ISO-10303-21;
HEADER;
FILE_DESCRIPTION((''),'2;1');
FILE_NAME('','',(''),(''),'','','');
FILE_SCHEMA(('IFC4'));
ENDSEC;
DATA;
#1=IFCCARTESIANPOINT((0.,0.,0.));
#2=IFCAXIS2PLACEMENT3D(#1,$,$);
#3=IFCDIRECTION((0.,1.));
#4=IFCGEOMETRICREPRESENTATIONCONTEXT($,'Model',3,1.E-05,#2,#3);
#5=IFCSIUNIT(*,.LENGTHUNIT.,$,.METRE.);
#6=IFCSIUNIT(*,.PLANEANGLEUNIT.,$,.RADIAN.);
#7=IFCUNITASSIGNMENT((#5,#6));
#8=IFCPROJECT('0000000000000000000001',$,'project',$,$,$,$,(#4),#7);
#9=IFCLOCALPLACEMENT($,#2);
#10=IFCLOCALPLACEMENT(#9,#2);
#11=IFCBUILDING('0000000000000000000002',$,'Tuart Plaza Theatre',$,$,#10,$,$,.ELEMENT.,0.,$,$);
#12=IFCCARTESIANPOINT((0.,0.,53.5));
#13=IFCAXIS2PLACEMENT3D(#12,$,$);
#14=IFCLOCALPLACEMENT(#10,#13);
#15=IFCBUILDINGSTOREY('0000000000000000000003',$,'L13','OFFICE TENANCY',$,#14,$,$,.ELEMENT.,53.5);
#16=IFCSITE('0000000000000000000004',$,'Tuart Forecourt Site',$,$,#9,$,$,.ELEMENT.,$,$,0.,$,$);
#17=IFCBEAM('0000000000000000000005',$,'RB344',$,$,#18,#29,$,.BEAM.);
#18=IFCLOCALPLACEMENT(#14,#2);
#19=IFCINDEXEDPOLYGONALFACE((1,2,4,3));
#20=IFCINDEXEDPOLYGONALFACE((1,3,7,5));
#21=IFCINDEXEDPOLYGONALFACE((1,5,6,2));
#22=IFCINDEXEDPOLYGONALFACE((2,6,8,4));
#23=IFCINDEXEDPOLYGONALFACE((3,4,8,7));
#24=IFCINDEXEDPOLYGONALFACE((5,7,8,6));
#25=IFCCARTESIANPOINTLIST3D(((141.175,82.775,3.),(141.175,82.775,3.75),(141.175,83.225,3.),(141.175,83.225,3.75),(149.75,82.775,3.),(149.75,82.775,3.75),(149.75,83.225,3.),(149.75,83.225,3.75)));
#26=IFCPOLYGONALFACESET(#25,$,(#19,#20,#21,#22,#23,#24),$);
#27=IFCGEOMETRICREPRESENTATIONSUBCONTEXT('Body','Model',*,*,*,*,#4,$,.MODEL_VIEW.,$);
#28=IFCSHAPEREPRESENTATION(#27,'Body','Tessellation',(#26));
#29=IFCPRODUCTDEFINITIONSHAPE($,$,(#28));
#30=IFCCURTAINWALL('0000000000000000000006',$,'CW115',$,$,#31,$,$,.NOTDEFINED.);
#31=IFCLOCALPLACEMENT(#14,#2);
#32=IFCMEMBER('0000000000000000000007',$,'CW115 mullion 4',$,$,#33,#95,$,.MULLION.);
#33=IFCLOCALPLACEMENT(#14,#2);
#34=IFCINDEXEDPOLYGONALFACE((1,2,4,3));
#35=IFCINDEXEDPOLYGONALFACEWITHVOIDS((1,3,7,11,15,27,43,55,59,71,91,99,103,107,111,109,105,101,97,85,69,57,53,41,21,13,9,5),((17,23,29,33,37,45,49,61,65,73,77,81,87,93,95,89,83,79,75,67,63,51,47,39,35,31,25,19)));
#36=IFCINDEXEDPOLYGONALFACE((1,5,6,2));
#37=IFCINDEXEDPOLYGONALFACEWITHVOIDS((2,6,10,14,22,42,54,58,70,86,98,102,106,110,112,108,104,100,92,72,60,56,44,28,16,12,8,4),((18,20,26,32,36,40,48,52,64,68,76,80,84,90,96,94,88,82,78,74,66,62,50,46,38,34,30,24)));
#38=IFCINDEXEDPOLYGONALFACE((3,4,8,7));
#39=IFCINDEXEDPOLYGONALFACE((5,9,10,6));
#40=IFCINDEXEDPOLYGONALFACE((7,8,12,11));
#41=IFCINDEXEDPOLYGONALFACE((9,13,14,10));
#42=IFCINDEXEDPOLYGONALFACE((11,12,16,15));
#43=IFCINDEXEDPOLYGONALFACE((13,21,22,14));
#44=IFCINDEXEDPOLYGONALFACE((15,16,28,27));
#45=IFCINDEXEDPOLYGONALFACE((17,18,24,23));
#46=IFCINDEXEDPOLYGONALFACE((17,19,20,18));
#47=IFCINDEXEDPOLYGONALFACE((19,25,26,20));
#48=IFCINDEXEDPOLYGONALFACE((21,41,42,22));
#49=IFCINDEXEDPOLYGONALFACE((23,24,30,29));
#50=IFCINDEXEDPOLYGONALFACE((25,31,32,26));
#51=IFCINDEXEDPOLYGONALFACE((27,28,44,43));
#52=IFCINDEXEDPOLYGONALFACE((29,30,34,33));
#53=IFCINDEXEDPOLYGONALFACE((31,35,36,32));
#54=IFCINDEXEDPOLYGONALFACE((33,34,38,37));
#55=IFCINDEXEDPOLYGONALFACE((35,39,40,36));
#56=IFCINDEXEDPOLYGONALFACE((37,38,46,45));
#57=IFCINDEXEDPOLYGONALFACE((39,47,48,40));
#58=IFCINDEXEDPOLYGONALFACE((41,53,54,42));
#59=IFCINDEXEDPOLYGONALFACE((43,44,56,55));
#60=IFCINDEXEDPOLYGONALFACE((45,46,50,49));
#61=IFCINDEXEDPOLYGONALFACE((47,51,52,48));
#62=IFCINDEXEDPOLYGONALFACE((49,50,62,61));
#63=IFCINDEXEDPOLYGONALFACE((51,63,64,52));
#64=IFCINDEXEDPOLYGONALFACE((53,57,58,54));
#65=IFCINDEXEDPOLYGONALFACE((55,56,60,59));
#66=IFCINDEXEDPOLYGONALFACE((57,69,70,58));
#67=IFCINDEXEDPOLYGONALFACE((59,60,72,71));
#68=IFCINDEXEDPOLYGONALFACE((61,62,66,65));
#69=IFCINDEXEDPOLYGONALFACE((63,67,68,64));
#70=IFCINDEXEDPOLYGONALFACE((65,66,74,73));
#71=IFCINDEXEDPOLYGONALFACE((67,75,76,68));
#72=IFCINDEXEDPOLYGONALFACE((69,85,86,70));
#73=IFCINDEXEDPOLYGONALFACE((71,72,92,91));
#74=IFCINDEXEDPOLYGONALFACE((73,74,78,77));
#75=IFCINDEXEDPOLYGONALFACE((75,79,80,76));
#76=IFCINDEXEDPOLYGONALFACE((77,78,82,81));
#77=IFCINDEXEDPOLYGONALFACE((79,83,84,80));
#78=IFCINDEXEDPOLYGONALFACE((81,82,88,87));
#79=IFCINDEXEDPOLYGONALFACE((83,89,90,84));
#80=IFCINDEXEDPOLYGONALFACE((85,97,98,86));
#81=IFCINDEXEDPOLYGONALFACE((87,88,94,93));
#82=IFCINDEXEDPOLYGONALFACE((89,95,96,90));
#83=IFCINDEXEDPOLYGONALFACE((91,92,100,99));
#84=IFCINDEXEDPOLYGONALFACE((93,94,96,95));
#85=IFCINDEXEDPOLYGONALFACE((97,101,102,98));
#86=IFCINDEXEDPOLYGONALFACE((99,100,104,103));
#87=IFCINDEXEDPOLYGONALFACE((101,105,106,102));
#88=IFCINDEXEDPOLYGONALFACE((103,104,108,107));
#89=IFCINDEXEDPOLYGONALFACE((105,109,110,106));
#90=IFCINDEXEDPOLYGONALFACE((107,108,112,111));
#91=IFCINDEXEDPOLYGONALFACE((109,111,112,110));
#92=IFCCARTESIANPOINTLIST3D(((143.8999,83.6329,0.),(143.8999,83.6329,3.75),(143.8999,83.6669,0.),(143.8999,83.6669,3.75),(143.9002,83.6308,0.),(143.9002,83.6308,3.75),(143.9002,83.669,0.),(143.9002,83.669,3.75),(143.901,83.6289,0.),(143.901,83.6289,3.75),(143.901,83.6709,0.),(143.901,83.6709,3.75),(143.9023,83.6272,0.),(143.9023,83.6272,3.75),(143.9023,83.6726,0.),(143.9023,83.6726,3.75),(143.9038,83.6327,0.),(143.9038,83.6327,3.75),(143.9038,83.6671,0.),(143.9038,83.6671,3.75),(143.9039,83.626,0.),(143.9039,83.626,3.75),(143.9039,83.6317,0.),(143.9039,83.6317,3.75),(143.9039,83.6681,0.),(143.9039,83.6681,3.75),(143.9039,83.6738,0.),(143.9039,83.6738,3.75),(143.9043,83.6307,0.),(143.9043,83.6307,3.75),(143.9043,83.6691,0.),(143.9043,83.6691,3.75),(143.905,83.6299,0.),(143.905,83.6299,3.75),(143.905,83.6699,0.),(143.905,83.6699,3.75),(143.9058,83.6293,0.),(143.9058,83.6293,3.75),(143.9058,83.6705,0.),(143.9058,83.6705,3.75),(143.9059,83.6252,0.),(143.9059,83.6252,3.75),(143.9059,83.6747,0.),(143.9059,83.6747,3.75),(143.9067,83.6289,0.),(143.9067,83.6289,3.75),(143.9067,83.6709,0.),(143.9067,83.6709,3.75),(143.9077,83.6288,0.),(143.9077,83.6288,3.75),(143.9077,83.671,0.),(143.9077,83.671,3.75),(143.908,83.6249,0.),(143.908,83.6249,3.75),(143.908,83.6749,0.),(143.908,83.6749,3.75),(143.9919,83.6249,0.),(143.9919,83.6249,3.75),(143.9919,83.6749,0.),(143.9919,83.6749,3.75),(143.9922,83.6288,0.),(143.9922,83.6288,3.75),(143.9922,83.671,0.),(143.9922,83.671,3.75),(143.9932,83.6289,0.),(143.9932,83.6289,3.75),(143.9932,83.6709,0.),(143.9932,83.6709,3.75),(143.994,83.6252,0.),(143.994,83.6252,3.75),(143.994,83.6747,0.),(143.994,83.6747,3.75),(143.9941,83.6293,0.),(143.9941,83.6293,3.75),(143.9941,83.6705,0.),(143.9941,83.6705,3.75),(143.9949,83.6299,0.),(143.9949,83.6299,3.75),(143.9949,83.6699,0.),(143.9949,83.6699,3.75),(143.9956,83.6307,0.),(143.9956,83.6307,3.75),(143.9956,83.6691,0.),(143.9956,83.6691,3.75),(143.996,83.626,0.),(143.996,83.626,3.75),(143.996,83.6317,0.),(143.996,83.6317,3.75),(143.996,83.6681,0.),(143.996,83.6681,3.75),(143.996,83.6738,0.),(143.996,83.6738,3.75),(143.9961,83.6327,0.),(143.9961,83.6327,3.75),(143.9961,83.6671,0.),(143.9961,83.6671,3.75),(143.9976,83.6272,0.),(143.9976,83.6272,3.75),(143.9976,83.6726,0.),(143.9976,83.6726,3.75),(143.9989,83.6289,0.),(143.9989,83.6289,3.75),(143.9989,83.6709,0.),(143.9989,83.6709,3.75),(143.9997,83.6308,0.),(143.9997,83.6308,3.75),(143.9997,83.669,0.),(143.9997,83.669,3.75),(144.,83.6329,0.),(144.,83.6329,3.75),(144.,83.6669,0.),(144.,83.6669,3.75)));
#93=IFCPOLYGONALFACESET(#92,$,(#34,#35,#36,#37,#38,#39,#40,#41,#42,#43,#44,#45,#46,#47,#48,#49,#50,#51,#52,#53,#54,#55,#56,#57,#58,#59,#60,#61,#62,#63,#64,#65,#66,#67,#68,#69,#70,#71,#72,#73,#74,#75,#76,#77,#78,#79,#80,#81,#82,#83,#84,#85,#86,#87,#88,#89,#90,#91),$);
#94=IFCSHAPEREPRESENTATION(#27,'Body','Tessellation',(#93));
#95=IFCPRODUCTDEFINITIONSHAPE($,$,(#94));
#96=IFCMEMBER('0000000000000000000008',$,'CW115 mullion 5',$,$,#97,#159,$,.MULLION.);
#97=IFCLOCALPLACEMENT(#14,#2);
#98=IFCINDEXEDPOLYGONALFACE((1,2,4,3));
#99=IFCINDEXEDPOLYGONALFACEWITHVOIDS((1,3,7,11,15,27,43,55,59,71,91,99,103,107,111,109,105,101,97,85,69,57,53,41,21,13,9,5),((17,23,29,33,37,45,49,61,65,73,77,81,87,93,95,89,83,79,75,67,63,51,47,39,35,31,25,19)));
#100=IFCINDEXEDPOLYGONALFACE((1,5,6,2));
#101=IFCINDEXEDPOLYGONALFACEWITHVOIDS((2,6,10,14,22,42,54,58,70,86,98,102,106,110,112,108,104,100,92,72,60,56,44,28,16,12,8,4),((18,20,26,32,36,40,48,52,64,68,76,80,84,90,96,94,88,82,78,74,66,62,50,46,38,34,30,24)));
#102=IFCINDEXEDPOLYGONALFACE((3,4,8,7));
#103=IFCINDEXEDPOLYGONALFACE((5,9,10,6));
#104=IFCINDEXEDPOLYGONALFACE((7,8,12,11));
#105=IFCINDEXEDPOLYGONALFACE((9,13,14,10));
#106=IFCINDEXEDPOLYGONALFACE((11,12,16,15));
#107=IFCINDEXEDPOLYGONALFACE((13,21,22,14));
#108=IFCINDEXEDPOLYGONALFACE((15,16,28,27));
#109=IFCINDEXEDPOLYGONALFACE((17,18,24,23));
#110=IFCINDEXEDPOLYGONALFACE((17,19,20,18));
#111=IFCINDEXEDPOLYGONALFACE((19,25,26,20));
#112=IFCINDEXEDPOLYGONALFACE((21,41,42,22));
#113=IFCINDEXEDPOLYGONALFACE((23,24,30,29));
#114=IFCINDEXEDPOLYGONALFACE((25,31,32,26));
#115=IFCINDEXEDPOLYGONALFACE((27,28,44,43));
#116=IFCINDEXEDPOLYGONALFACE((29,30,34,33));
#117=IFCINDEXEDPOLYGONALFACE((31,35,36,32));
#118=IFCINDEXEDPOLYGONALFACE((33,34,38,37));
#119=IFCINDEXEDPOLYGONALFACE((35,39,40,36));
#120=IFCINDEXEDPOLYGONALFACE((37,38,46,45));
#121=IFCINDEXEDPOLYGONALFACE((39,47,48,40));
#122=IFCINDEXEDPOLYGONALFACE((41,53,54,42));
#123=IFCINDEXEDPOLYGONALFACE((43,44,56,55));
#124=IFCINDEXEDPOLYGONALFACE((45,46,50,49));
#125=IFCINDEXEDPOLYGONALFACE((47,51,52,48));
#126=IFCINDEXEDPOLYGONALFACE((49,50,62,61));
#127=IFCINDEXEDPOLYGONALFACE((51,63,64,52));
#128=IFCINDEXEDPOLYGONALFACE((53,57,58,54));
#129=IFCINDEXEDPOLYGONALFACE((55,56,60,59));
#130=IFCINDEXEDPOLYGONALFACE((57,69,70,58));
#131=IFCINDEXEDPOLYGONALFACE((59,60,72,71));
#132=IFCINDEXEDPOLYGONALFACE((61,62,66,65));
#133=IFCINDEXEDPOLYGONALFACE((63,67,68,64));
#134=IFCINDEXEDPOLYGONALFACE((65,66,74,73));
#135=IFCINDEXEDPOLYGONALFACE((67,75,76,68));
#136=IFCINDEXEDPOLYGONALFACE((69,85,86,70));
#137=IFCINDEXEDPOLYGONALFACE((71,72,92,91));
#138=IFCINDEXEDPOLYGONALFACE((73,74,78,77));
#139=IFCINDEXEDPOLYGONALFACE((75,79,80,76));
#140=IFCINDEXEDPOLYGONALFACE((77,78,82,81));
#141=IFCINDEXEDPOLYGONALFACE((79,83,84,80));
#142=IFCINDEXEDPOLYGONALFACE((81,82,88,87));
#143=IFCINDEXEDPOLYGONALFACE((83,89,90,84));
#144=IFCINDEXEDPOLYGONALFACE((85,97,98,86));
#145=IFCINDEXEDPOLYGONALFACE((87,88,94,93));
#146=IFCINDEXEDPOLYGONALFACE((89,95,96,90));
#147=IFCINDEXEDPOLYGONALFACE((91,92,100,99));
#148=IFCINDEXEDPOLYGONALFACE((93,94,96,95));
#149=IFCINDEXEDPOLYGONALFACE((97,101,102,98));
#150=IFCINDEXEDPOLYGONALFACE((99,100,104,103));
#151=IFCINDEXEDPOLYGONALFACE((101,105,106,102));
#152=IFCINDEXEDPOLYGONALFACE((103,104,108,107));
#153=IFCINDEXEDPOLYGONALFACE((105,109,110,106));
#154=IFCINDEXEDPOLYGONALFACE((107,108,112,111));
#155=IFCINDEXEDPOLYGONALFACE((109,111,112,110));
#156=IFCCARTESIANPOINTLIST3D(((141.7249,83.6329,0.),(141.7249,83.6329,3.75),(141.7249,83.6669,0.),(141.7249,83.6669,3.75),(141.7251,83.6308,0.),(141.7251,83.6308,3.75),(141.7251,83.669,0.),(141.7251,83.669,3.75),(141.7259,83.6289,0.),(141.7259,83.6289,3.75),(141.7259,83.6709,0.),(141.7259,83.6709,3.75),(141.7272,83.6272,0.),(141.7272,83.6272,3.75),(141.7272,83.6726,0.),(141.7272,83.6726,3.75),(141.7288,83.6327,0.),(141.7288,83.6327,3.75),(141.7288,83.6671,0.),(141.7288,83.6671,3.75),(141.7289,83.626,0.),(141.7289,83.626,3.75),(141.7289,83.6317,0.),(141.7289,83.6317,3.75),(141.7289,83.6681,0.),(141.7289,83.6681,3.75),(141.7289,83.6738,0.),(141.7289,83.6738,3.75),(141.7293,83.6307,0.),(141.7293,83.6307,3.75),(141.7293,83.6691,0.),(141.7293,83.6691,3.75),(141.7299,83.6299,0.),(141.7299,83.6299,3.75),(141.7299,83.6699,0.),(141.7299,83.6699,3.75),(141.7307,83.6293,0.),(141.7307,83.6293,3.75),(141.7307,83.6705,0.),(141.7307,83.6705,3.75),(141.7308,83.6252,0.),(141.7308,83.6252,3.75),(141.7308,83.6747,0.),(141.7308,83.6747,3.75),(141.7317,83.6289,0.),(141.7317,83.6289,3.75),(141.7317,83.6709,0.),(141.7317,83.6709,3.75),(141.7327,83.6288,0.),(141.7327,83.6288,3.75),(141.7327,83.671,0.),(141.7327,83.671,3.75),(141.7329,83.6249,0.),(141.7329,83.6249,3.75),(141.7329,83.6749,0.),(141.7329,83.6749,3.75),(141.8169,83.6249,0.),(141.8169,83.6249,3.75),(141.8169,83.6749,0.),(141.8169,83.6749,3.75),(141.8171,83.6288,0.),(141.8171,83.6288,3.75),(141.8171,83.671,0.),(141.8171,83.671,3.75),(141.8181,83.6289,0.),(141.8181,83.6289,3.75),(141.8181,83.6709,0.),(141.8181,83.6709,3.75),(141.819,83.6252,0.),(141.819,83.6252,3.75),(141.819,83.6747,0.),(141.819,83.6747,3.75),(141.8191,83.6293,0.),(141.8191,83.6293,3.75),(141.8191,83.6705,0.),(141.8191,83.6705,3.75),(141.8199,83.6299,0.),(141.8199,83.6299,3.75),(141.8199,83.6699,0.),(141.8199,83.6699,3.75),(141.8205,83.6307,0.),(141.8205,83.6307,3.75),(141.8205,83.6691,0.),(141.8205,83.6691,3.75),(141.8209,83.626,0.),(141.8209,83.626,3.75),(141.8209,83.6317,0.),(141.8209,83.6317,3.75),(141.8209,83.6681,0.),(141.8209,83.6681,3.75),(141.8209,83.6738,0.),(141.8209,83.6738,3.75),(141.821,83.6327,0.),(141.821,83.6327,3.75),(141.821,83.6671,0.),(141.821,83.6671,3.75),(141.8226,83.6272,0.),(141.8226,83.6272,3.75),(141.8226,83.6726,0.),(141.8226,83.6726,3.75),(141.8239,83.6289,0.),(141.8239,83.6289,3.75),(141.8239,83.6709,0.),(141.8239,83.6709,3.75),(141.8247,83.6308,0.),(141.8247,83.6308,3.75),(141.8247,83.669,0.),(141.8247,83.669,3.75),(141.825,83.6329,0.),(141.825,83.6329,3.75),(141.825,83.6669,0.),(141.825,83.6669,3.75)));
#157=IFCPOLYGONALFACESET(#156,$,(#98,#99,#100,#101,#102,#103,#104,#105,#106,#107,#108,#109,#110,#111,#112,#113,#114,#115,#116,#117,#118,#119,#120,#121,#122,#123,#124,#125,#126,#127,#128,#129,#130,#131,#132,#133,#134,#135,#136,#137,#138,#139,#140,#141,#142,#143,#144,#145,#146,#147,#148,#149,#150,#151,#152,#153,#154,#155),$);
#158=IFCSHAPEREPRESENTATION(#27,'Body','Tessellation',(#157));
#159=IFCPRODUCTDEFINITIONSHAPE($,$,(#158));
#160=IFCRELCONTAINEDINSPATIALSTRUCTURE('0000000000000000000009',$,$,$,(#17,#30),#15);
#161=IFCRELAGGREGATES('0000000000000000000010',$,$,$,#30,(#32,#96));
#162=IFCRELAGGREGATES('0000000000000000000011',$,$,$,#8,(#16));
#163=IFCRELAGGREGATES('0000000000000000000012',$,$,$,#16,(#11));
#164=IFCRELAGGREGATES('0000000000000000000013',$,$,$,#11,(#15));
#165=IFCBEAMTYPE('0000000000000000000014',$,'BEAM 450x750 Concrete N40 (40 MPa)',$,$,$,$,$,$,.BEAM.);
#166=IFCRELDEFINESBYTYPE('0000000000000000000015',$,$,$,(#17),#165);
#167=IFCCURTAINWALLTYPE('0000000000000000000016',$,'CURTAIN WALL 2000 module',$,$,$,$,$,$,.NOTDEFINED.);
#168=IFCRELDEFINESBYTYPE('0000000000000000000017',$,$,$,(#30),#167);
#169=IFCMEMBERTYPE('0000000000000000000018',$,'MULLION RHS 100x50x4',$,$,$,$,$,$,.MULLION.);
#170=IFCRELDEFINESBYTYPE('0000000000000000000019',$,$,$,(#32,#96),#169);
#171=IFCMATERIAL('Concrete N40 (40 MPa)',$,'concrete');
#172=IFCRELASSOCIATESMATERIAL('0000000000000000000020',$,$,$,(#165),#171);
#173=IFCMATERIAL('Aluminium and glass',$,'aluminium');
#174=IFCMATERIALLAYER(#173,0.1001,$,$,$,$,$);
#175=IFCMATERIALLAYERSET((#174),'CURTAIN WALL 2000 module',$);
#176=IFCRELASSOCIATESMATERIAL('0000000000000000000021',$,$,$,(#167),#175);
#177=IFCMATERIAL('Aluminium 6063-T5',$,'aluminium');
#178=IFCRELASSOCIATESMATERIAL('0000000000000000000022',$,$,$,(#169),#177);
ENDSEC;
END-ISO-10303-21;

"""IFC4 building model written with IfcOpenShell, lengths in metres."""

from ifc_helpers import new_model, si_unit, direction, frame, origin, origin_2d, place, context, subcontext, project, spatial, rectangle, hollow_rectangle, extrude, material, layer, layer_set, material_profile, profile_set, type_object, element, aggregate, save


model = new_model("IFC4")

# Units and contexts
model_context = context("Model", 3, precision=1e-05, world=origin(), true_north=direction((0.0, 1.0)))
body_context = subcontext(model_context, "Body", "Model", "MODEL_VIEW")
ifc_project = project(units=[si_unit("LENGTHUNIT", "METRE"), si_unit("PLANEANGLEUNIT", "RADIAN")], contexts=[model_context])

# Site, building, storey
site_placement = place(None, origin())
site = spatial("IfcSite", under=ifc_project, at=site_placement, Name="Tuart Forecourt Site", CompositionType="ELEMENT", RefElevation=0.0)
building_placement = place(site_placement, origin())
building = spatial("IfcBuilding", under=site, at=building_placement, Name="Tuart Plaza Theatre", CompositionType="ELEMENT", ElevationOfRefHeight=0.0)
storey_placement = place(building_placement, frame((0.0, 0.0, 53.5)))
storey = spatial("IfcBuildingStorey", under=building, at=storey_placement, Name="L13", Description="OFFICE TENANCY", CompositionType="ELEMENT", Elevation=53.5)

# Beam
ifc_material_1 = material(Name="Concrete N40 (40 MPa)", Category="concrete")
ifc_material_profile_1 = material_profile(ifc_material_1, rectangle(XDim=0.45, YDim=0.75, at=origin_2d()), Name="BEAM 450x750 Concrete N40 (40 MPa)")
ifc_profile_set_1 = profile_set([ifc_material_profile_1], Name="Concrete N40 (40 MPa)")
beam_type = type_object("IfcBeamType", Name="BEAM 450x750 Concrete N40 (40 MPa)", PredefinedType="BEAM", material=ifc_profile_set_1)
beam_placement = place(storey_placement, frame((141.175, 83.0, 3.375), z_axis=(1.0, 0.0, 0.0), x_axis=(0.0, 1.0, 0.0)))
element("IfcBeam", 1, at=beam_placement, inside=storey, type_object=beam_type, Name="RB344", PredefinedType="BEAM", context=body_context, shape_type="SweptSolid", body=[
    extrude(rectangle(XDim=0.45, YDim=0.75, at=origin_2d()), origin(), (0.0, 0.0, 1.0), 8.575),
])

# Curtain wall, members
ifc_material_2 = material(Name="Aluminium and glass", Category="aluminium")
ifc_layer_1 = layer(ifc_material_2, 0.1001)
ifc_layer_set_1 = layer_set([ifc_layer_1], Name="CURTAIN WALL 2000 module")
curtain_wall_type = type_object("IfcCurtainWallType", Name="CURTAIN WALL 2000 module", PredefinedType="NOTDEFINED", material=ifc_layer_set_1)
curtain_wall_1_placement = place(storey_placement, origin())
curtain_wall_1 = element("IfcCurtainWall", 2, at=curtain_wall_1_placement, inside=storey, type_object=curtain_wall_type, Name="CW115", PredefinedType="NOTDEFINED")
ifc_material_3 = material(Name="Aluminium 6063-T5", Category="aluminium")
ifc_material_profile_2 = material_profile(ifc_material_3, hollow_rectangle(XDim=0.05, YDim=0.1001, WallThickness=0.0039, InnerFilletRadius=0.0039, OuterFilletRadius=0.0081, at=origin_2d()), Name="RHS 100x50x4")
ifc_profile_set_2 = profile_set([ifc_material_profile_2], Name="Aluminium 6063-T5")
member_type_1 = type_object("IfcMemberType", Name="MULLION RHS 100x50x4", PredefinedType="MULLION", material=ifc_profile_set_2)
member_1_placement = place(storey_placement, frame((143.95, 83.6499, 0.0), z_axis=(0.0, 0.0, 1.0), x_axis=(0.0, -1.0, 0.0)))
member_1 = element("IfcMember", 3, at=member_1_placement, type_object=member_type_1, Name="CW115 mullion 4", PredefinedType="MULLION", context=body_context, shape_type="SweptSolid", body=[
    extrude(hollow_rectangle(XDim=0.05, YDim=0.1001, WallThickness=0.0039, InnerFilletRadius=0.0039, OuterFilletRadius=0.0081, at=origin_2d()), origin(), (0.0, 0.0, 1.0), 3.75),
])
member_2_placement = place(storey_placement, frame((141.7749, 83.6499, 0.0), z_axis=(0.0, 0.0, 1.0), x_axis=(0.0, -1.0, 0.0)))
member_2 = element("IfcMember", 4, at=member_2_placement, type_object=member_type_1, Name="CW115 mullion 5", PredefinedType="MULLION", context=body_context, shape_type="SweptSolid", body=[
    extrude(hollow_rectangle(XDim=0.05, YDim=0.1001, WallThickness=0.0039, InnerFilletRadius=0.0039, OuterFilletRadius=0.0081, at=origin_2d()), origin(), (0.0, 0.0, 1.0), 3.75),
])

aggregate(curtain_wall_1, [member_1, member_2])

save(model, "model.ifc")
